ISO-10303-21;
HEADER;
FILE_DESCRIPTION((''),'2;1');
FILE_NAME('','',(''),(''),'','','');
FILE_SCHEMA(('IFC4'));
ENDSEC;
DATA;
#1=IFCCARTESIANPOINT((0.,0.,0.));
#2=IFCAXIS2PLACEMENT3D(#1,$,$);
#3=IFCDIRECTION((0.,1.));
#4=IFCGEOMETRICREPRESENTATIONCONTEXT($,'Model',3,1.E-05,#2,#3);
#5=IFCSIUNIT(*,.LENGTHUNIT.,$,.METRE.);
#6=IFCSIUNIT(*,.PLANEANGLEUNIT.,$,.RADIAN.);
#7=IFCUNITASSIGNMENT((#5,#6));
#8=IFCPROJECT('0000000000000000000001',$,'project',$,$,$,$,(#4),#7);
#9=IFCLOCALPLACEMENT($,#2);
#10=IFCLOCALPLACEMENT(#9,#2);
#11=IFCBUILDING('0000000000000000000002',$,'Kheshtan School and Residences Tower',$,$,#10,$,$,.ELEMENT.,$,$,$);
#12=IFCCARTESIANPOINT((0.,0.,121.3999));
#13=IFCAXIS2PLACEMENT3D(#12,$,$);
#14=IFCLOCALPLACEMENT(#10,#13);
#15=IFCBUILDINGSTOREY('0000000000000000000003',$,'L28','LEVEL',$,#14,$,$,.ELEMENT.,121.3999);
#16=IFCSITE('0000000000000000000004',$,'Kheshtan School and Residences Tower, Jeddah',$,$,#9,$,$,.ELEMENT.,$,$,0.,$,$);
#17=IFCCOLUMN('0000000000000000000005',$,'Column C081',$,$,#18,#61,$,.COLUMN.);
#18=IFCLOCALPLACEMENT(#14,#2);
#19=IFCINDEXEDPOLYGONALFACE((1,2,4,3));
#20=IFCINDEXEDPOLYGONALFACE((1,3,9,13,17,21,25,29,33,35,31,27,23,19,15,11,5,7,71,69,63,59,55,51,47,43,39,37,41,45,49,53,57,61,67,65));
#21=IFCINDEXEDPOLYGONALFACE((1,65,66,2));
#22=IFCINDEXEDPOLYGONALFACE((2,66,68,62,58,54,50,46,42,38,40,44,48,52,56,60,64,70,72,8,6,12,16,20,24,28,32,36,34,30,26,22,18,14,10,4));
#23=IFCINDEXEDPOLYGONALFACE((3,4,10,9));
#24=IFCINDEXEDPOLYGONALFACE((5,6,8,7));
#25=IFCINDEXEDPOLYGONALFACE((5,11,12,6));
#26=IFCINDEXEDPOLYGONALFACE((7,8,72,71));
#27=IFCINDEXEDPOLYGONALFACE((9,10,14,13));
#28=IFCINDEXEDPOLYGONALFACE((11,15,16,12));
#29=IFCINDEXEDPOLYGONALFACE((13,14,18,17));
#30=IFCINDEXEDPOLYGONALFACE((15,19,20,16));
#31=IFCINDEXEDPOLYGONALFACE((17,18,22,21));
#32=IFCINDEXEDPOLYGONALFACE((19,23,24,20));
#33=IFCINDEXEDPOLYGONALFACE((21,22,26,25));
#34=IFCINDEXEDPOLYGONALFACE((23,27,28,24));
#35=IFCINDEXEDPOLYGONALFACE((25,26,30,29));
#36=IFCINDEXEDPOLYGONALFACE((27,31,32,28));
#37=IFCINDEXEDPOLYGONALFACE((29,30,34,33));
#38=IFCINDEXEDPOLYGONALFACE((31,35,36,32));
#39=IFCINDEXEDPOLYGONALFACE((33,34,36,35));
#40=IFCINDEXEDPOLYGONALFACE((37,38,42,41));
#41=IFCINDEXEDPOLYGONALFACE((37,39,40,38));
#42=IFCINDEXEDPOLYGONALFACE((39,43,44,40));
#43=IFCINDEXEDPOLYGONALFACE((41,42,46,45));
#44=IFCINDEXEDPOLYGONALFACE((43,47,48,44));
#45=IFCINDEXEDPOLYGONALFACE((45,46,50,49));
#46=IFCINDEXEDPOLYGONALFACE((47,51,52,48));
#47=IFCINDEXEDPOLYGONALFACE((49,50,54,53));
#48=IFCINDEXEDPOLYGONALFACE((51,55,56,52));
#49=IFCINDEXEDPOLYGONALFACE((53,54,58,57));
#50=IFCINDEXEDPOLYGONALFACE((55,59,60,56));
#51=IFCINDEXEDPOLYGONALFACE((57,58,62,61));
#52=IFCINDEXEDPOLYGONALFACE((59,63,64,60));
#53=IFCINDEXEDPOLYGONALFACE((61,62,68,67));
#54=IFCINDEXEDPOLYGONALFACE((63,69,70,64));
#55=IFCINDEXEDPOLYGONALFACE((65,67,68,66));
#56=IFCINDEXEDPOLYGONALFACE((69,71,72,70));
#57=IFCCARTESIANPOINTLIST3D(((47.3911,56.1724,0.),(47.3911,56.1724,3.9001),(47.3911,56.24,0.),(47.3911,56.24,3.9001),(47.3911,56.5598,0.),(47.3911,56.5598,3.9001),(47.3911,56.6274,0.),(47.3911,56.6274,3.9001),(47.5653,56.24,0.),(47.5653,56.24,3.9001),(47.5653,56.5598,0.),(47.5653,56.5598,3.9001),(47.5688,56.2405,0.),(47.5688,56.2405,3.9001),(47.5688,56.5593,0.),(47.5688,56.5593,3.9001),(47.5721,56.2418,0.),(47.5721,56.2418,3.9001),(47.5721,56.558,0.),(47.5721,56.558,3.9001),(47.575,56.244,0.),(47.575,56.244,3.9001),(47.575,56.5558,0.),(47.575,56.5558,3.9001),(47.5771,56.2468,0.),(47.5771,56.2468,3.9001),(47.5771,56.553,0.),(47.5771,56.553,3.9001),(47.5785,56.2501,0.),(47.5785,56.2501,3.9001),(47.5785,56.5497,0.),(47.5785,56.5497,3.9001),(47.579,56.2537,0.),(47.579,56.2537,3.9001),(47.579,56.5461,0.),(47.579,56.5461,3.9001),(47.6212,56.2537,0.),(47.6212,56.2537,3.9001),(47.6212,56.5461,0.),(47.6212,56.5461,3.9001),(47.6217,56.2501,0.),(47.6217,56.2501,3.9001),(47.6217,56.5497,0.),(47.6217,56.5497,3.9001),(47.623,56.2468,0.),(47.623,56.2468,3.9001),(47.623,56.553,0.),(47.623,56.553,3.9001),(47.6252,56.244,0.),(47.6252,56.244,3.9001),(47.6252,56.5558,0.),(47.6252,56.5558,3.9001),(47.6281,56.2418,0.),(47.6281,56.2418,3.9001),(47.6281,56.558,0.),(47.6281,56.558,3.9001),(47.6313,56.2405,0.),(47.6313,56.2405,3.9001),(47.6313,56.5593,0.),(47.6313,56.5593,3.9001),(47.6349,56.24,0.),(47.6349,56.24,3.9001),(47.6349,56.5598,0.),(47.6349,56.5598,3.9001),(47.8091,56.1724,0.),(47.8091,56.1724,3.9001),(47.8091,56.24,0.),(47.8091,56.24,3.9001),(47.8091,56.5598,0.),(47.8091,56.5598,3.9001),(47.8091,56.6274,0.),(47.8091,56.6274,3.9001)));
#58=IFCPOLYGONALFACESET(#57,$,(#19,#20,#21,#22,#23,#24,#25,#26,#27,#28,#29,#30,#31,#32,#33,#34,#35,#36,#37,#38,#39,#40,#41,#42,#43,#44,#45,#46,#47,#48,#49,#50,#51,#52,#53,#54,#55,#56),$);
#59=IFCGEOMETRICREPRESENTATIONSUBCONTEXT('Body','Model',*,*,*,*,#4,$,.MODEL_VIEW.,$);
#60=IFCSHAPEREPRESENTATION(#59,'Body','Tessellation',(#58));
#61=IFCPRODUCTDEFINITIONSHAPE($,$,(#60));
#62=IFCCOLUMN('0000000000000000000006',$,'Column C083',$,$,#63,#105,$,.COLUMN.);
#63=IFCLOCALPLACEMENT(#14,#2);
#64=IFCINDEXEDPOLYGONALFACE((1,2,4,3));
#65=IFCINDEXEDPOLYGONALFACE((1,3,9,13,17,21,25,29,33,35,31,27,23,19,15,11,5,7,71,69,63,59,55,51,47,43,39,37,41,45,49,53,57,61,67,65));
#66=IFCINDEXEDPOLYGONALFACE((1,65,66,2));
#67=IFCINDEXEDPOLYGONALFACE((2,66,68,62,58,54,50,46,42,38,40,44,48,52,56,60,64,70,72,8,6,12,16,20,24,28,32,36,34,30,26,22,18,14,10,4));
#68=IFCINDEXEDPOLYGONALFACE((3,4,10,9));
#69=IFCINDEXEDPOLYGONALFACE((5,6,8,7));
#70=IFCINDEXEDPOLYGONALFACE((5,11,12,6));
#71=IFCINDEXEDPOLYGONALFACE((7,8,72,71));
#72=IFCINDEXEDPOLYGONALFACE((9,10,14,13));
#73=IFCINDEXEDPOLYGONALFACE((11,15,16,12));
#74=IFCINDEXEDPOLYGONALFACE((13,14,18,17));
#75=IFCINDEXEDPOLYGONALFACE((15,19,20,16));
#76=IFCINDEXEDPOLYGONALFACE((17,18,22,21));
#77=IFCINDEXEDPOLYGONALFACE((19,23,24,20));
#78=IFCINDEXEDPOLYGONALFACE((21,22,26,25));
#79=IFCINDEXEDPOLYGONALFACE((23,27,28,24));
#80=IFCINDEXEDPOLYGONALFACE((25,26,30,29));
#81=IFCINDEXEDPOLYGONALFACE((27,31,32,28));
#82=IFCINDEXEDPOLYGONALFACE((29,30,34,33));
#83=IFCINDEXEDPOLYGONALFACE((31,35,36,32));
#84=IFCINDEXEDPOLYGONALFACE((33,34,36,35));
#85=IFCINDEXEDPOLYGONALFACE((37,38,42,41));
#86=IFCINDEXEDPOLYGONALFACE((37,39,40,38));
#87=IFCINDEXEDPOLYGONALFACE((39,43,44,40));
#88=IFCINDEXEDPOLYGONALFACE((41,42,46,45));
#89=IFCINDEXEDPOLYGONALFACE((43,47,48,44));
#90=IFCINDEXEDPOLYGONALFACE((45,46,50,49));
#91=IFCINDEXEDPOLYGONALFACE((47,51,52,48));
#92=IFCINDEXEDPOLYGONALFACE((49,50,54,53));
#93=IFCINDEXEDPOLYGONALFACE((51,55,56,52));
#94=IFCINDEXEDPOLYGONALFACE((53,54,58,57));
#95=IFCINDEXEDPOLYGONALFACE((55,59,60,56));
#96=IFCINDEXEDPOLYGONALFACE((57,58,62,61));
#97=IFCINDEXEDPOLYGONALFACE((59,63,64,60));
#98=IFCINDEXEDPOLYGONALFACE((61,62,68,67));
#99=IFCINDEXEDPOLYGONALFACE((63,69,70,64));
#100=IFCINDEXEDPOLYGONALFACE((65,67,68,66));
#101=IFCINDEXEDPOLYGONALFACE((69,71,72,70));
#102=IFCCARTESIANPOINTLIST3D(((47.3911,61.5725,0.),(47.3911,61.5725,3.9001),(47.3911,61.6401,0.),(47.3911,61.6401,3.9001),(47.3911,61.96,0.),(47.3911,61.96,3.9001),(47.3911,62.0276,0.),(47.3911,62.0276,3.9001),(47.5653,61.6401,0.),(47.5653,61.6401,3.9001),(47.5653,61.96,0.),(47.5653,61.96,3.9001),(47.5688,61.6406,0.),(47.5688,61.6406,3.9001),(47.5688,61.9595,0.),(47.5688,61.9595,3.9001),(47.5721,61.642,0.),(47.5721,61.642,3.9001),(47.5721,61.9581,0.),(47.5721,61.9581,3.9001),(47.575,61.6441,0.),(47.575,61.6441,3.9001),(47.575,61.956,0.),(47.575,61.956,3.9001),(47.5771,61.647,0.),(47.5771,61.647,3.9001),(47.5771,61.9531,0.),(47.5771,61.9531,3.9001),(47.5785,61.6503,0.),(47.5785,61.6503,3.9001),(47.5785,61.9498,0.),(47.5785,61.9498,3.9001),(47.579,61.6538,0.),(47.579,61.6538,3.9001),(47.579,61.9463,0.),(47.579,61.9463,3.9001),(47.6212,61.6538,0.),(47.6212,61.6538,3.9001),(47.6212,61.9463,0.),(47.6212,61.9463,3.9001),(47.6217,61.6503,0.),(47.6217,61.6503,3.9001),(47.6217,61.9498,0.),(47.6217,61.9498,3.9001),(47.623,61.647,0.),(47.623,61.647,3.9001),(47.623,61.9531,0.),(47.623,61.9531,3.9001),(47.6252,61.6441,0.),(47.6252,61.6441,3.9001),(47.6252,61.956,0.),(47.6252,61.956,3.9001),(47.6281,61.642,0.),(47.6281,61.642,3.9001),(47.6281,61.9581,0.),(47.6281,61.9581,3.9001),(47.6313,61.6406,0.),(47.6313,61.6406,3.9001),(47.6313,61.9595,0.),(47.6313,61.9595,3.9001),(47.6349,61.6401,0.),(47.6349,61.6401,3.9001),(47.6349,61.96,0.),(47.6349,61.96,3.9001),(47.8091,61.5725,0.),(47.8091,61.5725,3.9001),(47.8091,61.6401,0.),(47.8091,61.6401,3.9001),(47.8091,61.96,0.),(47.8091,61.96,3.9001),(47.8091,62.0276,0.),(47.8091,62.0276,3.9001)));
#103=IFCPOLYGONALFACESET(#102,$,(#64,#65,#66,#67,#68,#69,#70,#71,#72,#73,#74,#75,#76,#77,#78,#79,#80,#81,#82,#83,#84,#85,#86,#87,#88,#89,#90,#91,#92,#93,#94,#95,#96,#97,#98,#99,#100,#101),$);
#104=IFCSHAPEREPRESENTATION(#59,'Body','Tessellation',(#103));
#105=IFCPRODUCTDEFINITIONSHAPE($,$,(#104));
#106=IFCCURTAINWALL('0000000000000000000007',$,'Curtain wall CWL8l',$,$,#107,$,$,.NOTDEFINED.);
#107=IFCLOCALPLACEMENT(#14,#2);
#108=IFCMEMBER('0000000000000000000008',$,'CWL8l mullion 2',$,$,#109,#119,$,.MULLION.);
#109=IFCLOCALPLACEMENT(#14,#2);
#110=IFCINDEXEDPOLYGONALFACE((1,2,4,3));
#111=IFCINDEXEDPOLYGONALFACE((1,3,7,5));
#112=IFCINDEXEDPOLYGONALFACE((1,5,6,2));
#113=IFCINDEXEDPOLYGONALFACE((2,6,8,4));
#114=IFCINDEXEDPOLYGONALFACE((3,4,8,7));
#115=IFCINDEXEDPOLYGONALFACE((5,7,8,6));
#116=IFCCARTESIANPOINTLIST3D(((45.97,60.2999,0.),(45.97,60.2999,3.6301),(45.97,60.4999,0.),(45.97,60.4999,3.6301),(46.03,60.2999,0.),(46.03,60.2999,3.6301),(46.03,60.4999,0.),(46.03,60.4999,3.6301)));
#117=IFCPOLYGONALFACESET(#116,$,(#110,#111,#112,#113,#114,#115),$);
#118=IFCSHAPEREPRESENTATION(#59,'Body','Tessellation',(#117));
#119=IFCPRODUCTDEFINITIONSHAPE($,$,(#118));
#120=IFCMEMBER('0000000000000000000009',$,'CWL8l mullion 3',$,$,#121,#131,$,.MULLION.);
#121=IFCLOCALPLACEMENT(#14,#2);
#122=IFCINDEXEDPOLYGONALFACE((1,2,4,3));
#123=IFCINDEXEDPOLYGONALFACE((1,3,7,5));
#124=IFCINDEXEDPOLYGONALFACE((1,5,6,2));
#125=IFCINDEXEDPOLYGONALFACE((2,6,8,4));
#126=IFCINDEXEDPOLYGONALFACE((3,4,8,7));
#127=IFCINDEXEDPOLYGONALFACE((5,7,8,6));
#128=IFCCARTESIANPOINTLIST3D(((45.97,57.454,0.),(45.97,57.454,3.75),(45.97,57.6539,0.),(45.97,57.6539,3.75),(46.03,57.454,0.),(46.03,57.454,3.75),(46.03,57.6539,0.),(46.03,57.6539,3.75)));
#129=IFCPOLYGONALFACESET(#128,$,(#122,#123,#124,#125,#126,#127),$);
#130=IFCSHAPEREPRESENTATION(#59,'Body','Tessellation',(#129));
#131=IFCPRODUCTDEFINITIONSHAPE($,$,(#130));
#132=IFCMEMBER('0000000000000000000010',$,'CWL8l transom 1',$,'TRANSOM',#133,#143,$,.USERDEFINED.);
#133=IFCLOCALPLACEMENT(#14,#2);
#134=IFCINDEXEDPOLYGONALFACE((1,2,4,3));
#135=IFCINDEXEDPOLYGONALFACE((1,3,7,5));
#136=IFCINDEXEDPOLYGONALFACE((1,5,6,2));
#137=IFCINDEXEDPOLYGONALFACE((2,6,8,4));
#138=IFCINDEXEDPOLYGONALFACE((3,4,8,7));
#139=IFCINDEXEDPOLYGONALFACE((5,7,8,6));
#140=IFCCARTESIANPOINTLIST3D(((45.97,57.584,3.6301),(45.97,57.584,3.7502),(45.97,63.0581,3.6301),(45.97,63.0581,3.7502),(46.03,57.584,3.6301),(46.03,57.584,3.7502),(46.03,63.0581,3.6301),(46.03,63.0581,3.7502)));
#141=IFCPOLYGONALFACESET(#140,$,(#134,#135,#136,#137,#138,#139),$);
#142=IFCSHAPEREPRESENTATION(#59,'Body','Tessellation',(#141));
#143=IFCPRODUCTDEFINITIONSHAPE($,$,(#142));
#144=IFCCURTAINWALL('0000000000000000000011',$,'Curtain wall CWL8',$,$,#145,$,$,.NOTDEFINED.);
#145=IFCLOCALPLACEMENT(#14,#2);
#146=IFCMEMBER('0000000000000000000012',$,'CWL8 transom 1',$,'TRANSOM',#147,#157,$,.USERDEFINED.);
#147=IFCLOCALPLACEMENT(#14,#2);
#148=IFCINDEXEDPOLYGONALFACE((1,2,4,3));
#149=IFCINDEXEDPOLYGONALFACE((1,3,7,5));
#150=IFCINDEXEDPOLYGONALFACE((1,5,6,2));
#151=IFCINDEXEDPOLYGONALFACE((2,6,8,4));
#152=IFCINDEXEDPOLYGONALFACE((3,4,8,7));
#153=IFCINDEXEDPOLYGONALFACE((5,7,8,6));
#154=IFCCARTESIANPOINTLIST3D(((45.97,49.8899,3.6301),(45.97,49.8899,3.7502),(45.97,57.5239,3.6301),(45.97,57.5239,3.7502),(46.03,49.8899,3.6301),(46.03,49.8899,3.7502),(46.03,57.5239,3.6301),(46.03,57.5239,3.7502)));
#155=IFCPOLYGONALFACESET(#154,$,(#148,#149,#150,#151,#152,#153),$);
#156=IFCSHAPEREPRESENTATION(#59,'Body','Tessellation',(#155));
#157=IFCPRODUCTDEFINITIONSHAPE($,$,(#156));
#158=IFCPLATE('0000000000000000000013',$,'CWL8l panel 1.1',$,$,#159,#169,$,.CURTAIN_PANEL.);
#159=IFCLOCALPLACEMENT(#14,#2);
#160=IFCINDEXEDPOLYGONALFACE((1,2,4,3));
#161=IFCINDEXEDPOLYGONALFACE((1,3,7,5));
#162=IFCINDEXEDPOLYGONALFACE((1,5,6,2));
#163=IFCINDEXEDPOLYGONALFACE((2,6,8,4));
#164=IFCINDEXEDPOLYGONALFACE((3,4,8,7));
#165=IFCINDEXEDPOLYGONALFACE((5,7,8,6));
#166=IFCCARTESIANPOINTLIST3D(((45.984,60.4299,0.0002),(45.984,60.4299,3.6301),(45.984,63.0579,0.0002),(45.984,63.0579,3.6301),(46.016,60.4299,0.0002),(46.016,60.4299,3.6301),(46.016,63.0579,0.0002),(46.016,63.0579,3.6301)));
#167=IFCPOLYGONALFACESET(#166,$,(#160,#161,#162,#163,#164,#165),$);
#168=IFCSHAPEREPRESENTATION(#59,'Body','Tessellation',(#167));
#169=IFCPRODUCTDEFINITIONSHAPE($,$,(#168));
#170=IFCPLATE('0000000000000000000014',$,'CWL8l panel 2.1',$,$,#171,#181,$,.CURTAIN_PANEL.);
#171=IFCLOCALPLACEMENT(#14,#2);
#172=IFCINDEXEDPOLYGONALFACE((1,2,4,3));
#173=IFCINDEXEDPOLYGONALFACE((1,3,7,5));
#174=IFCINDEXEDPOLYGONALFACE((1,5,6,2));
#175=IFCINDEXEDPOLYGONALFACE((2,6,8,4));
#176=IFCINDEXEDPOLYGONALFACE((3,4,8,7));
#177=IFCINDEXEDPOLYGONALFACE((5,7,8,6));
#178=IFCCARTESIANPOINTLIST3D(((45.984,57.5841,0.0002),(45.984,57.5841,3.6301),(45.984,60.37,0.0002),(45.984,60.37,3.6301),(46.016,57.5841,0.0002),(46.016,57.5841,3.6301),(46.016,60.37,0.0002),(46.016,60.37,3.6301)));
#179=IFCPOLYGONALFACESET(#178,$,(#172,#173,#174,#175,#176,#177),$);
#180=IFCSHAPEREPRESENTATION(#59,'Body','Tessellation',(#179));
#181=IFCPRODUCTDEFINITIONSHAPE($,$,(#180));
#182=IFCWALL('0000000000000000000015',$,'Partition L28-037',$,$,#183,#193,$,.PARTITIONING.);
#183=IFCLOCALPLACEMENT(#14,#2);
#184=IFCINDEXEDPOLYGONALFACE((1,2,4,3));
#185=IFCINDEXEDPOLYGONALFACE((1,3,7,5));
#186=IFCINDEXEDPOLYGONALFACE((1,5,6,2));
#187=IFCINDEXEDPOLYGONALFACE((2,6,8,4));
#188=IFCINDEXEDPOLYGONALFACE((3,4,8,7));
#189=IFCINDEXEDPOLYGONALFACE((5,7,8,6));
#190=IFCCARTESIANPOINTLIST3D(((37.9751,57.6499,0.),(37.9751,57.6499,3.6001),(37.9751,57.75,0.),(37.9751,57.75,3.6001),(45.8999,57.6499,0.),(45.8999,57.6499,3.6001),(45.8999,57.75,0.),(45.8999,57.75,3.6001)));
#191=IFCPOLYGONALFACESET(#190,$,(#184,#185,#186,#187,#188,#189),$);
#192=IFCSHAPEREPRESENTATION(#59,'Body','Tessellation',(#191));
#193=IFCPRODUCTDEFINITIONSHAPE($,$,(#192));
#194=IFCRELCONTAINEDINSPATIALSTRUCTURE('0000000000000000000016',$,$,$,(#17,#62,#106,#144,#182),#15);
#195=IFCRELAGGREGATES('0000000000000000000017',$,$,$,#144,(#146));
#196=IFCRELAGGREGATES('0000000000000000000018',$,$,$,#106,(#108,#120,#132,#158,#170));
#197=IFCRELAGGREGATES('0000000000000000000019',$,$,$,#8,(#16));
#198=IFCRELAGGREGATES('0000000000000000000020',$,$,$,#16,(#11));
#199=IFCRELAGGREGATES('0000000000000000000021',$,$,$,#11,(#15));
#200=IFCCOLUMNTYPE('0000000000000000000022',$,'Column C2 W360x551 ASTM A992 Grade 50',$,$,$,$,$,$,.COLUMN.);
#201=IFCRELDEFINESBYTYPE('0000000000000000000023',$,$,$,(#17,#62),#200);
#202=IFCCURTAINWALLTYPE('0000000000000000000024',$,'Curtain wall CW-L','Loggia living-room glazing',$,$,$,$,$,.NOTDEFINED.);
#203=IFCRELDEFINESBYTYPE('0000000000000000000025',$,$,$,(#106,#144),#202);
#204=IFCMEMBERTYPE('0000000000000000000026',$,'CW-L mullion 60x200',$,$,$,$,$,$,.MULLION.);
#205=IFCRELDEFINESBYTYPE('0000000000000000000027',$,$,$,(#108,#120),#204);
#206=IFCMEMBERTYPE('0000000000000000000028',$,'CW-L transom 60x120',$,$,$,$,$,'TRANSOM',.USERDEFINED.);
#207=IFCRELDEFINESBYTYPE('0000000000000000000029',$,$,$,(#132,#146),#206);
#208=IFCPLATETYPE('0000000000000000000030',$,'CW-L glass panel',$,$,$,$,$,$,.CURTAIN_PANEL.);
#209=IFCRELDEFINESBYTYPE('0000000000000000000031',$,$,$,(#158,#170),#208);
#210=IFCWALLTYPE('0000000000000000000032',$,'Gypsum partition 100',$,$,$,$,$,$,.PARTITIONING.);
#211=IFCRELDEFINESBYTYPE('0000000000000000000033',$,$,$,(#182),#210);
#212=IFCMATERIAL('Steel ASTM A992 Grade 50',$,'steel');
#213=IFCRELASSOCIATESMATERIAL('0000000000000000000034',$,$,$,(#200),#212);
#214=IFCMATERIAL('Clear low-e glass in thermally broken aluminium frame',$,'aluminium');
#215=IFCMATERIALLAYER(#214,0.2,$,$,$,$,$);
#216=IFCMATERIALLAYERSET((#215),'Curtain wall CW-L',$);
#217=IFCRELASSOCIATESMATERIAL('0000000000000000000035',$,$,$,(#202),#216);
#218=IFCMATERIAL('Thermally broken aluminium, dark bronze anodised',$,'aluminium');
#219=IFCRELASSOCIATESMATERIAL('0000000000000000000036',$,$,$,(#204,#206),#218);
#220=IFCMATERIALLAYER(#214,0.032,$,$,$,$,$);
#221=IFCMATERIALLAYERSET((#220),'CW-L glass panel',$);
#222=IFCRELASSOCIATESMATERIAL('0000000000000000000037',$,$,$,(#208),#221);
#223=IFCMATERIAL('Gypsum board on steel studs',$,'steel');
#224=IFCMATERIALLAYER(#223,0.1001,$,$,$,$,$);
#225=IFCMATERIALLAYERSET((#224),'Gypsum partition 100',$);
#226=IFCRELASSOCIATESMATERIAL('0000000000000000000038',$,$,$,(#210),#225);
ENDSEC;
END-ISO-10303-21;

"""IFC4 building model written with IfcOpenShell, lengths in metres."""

from ifc_helpers import new_model, si_unit, direction, frame, frame_2d, origin, origin_2d, place, context, subcontext, project, spatial, rectangle, i_section, extrude, material, layer, layer_set, material_profile, profile_set, type_object, element, aggregate, save


model = new_model("IFC4")

# Units and contexts
model_context = context("Model", 3, precision=1e-05, world=origin(), true_north=direction((0.0, 1.0)))
body_context = subcontext(model_context, "Body", "Model", "MODEL_VIEW")
ifc_project = project(units=[si_unit("LENGTHUNIT", "METRE"), si_unit("PLANEANGLEUNIT", "RADIAN")], contexts=[model_context])

# Site, building, storey
site_placement = place(None, origin())
site = spatial("IfcSite", under=ifc_project, at=site_placement, Name="Kheshtan School and Residences Tower, Jeddah", CompositionType="ELEMENT", RefElevation=0.0)
building_placement = place(site_placement, origin())
building = spatial("IfcBuilding", under=site, at=building_placement, Name="Kheshtan School and Residences Tower", CompositionType="ELEMENT")
storey_placement = place(building_placement, frame((0.0, 0.0, 121.3999)))
storey = spatial("IfcBuildingStorey", under=building, at=storey_placement, Name="L28", Description="LEVEL", CompositionType="ELEMENT", Elevation=121.3999)

# Columns
ifc_material_1 = material(Name="Steel ASTM A992 Grade 50", Category="steel")
ifc_material_profile_1 = material_profile(ifc_material_1, i_section(OverallWidth=0.418, OverallDepth=0.4551, WebThickness=0.0422, FlangeThickness=0.0676, FilletRadius=0.0137, at=origin_2d()), Name="W360x551")
ifc_profile_set_1 = profile_set([ifc_material_profile_1], Name="Steel ASTM A992 Grade 50")
column_type = type_object("IfcColumnType", Name="Column C2 W360x551 ASTM A992 Grade 50", PredefinedType="COLUMN", material=ifc_profile_set_1)
for number, where, z_axis, x_axis, name in (
    (1, (47.6001, 56.3999, 0.0), (0.0, 0.0, 1.0), (1.0, 0.0, 0.0), "Column C081"),
    (2, (47.6001, 61.8, 0.0), (0.0, 0.0, 1.0), (1.0, 0.0, 0.0), "Column C083"),
):
    element("IfcColumn", number, at=place(storey_placement, frame(where, z_axis=z_axis, x_axis=x_axis)), inside=storey, type_object=column_type, Name=name, PredefinedType="COLUMN", context=body_context, shape_type="SweptSolid", body=[
        extrude(i_section(OverallWidth=0.418, OverallDepth=0.4551, WebThickness=0.0422, FlangeThickness=0.0676, FilletRadius=0.0137, at=origin_2d()), origin(), (0.0, 0.0, 1.0), 3.9001),
    ])

# Curtain wall, members
ifc_material_2 = material(Name="Clear low-e glass in thermally broken aluminium frame", Category="aluminium")
ifc_layer_1 = layer(ifc_material_2, 0.2)
ifc_layer_set_1 = layer_set([ifc_layer_1], Name="Curtain wall CW-L")
curtain_wall_type = type_object("IfcCurtainWallType", Name="Curtain wall CW-L", Description="Loggia living-room glazing", PredefinedType="NOTDEFINED", material=ifc_layer_set_1)
curtain_wall_1_placement = place(storey_placement, origin())
curtain_wall_1 = element("IfcCurtainWall", 3, at=curtain_wall_1_placement, inside=storey, type_object=curtain_wall_type, Name="Curtain wall CWL8l", PredefinedType="NOTDEFINED")
ifc_material_3 = material(Name="Thermally broken aluminium, dark bronze anodised", Category="aluminium")
ifc_material_profile_2 = material_profile(ifc_material_3, rectangle(XDim=0.0601, YDim=0.2, at=origin_2d()), Name="CW-L mullion 60x200")
ifc_profile_set_2 = profile_set([ifc_material_profile_2], Name="Thermally broken aluminium, dark bronze anodised")
member_type_1 = type_object("IfcMemberType", Name="CW-L mullion 60x200", PredefinedType="MULLION", material=ifc_profile_set_2)
member_1_placement = place(storey_placement, frame((46.0, 60.3999, 0.0), z_axis=(0.0, 0.0, 1.0), x_axis=(1.0, 0.0, 0.0)))
member_1 = element("IfcMember", 4, at=member_1_placement, type_object=member_type_1, Name="CWL8l mullion 2", PredefinedType="MULLION", context=body_context, shape_type="SweptSolid", body=[
    extrude(rectangle(XDim=0.0601, YDim=0.2, at=origin_2d()), origin(), (0.0, 0.0, 1.0), 3.6301),
])
member_2_placement = place(storey_placement, frame((46.0, 57.554, 0.0), z_axis=(0.0, 0.0, 1.0), x_axis=(1.0, 0.0, 0.0)))
member_2 = element("IfcMember", 5, at=member_2_placement, type_object=member_type_1, Name="CWL8l mullion 3", PredefinedType="MULLION", context=body_context, shape_type="SweptSolid", body=[
    extrude(rectangle(XDim=0.0601, YDim=0.2, at=origin_2d()), origin(), (0.0, 0.0, 1.0), 3.75),
])
ifc_material_profile_3 = material_profile(ifc_material_3, rectangle(XDim=0.0601, YDim=0.1201, at=origin_2d()), Name="CW-L transom 60x120")
ifc_profile_set_3 = profile_set([ifc_material_profile_3], Name="Thermally broken aluminium, dark bronze anodised")
member_type_2 = type_object("IfcMemberType", Name="CW-L transom 60x120", ElementType="TRANSOM", PredefinedType="USERDEFINED", material=ifc_profile_set_3)
member_3_placement = place(storey_placement, frame((46.0, 63.0581, 3.6902), z_axis=(0.0, -1.0, 0.0), x_axis=(1.0, 0.0, 0.0)))
member_3 = element("IfcMember", 6, at=member_3_placement, type_object=member_type_2, Name="CWL8l transom 1", ObjectType="TRANSOM", PredefinedType="USERDEFINED", context=body_context, shape_type="SweptSolid", body=[
    extrude(rectangle(XDim=0.0601, YDim=0.1201, at=origin_2d()), origin(), (0.0, 0.0, 1.0), 5.4741),
])

# Curtain wall, member
curtain_wall_2_placement = place(storey_placement, origin())
curtain_wall_2 = element("IfcCurtainWall", 7, at=curtain_wall_2_placement, inside=storey, type_object=curtain_wall_type, Name="Curtain wall CWL8", PredefinedType="NOTDEFINED")
member_4_placement = place(storey_placement, frame((46.0, 57.5239, 3.6902), z_axis=(0.0, -1.0, 0.0), x_axis=(1.0, 0.0, 0.0)))
member_4 = element("IfcMember", 8, at=member_4_placement, type_object=member_type_2, Name="CWL8 transom 1", ObjectType="TRANSOM", PredefinedType="USERDEFINED", context=body_context, shape_type="SweptSolid", body=[
    extrude(rectangle(XDim=0.0601, YDim=0.1201, at=origin_2d()), origin(), (0.0, 0.0, 1.0), 7.634),
])
aggregate(curtain_wall_2, [member_4])

# Plates
ifc_layer_2 = layer(ifc_material_2, 0.032)
ifc_layer_set_2 = layer_set([ifc_layer_2], Name="CW-L glass panel")
plate_type = type_object("IfcPlateType", Name="CW-L glass panel", PredefinedType="CURTAIN_PANEL", material=ifc_layer_set_2)
plate_1_placement = place(storey_placement, frame((46.0, 61.7439, 0.0002), z_axis=(0.0, 0.0, 1.0), x_axis=(0.0, -1.0, 0.0)))
plate_1 = element("IfcPlate", 9, at=plate_1_placement, type_object=plate_type, Name="CWL8l panel 1.1", PredefinedType="CURTAIN_PANEL", context=body_context, shape_type="SweptSolid", body=[
    extrude(rectangle(XDim=2.6279, YDim=0.032, at=origin_2d()), origin(), (0.0, 0.0, 1.0), 3.6299),
])
plate_2_placement = place(storey_placement, frame((46.0, 58.9771, 0.0002), z_axis=(0.0, 0.0, 1.0), x_axis=(0.0, -1.0, 0.0)))
plate_2 = element("IfcPlate", 10, at=plate_2_placement, type_object=plate_type, Name="CWL8l panel 2.1", PredefinedType="CURTAIN_PANEL", context=body_context, shape_type="SweptSolid", body=[
    extrude(rectangle(XDim=2.7859, YDim=0.032, at=origin_2d()), origin(), (0.0, 0.0, 1.0), 3.6299),
])
aggregate(curtain_wall_1, [member_1, member_2, member_3, plate_1, plate_2])

# Wall
ifc_material_4 = material(Name="Gypsum board on steel studs", Category="steel")
ifc_layer_3 = layer(ifc_material_4, 0.1001)
ifc_layer_set_3 = layer_set([ifc_layer_3], Name="Gypsum partition 100")
wall_type_1 = type_object("IfcWallType", Name="Gypsum partition 100", PredefinedType="PARTITIONING", material=ifc_layer_set_3)
for number, where, z_axis, x_axis, name in (
    (11, (37.9751, 57.7, 0.0), (0.0, 0.0, 1.0), (1.0, 0.0, 0.0), "Partition L28-037"),
):
    element("IfcWall", number, at=place(storey_placement, frame(where, z_axis=z_axis, x_axis=x_axis)), inside=storey, type_object=wall_type_1, Name=name, PredefinedType="PARTITIONING", context=body_context, shape_type="SweptSolid", body=[
        extrude(rectangle(XDim=7.9248, YDim=0.1001, at=frame_2d((3.9624, 0.0))), origin(), (0.0, 0.0, 1.0), 3.6001),
    ])

save(model, "model.ifc")
